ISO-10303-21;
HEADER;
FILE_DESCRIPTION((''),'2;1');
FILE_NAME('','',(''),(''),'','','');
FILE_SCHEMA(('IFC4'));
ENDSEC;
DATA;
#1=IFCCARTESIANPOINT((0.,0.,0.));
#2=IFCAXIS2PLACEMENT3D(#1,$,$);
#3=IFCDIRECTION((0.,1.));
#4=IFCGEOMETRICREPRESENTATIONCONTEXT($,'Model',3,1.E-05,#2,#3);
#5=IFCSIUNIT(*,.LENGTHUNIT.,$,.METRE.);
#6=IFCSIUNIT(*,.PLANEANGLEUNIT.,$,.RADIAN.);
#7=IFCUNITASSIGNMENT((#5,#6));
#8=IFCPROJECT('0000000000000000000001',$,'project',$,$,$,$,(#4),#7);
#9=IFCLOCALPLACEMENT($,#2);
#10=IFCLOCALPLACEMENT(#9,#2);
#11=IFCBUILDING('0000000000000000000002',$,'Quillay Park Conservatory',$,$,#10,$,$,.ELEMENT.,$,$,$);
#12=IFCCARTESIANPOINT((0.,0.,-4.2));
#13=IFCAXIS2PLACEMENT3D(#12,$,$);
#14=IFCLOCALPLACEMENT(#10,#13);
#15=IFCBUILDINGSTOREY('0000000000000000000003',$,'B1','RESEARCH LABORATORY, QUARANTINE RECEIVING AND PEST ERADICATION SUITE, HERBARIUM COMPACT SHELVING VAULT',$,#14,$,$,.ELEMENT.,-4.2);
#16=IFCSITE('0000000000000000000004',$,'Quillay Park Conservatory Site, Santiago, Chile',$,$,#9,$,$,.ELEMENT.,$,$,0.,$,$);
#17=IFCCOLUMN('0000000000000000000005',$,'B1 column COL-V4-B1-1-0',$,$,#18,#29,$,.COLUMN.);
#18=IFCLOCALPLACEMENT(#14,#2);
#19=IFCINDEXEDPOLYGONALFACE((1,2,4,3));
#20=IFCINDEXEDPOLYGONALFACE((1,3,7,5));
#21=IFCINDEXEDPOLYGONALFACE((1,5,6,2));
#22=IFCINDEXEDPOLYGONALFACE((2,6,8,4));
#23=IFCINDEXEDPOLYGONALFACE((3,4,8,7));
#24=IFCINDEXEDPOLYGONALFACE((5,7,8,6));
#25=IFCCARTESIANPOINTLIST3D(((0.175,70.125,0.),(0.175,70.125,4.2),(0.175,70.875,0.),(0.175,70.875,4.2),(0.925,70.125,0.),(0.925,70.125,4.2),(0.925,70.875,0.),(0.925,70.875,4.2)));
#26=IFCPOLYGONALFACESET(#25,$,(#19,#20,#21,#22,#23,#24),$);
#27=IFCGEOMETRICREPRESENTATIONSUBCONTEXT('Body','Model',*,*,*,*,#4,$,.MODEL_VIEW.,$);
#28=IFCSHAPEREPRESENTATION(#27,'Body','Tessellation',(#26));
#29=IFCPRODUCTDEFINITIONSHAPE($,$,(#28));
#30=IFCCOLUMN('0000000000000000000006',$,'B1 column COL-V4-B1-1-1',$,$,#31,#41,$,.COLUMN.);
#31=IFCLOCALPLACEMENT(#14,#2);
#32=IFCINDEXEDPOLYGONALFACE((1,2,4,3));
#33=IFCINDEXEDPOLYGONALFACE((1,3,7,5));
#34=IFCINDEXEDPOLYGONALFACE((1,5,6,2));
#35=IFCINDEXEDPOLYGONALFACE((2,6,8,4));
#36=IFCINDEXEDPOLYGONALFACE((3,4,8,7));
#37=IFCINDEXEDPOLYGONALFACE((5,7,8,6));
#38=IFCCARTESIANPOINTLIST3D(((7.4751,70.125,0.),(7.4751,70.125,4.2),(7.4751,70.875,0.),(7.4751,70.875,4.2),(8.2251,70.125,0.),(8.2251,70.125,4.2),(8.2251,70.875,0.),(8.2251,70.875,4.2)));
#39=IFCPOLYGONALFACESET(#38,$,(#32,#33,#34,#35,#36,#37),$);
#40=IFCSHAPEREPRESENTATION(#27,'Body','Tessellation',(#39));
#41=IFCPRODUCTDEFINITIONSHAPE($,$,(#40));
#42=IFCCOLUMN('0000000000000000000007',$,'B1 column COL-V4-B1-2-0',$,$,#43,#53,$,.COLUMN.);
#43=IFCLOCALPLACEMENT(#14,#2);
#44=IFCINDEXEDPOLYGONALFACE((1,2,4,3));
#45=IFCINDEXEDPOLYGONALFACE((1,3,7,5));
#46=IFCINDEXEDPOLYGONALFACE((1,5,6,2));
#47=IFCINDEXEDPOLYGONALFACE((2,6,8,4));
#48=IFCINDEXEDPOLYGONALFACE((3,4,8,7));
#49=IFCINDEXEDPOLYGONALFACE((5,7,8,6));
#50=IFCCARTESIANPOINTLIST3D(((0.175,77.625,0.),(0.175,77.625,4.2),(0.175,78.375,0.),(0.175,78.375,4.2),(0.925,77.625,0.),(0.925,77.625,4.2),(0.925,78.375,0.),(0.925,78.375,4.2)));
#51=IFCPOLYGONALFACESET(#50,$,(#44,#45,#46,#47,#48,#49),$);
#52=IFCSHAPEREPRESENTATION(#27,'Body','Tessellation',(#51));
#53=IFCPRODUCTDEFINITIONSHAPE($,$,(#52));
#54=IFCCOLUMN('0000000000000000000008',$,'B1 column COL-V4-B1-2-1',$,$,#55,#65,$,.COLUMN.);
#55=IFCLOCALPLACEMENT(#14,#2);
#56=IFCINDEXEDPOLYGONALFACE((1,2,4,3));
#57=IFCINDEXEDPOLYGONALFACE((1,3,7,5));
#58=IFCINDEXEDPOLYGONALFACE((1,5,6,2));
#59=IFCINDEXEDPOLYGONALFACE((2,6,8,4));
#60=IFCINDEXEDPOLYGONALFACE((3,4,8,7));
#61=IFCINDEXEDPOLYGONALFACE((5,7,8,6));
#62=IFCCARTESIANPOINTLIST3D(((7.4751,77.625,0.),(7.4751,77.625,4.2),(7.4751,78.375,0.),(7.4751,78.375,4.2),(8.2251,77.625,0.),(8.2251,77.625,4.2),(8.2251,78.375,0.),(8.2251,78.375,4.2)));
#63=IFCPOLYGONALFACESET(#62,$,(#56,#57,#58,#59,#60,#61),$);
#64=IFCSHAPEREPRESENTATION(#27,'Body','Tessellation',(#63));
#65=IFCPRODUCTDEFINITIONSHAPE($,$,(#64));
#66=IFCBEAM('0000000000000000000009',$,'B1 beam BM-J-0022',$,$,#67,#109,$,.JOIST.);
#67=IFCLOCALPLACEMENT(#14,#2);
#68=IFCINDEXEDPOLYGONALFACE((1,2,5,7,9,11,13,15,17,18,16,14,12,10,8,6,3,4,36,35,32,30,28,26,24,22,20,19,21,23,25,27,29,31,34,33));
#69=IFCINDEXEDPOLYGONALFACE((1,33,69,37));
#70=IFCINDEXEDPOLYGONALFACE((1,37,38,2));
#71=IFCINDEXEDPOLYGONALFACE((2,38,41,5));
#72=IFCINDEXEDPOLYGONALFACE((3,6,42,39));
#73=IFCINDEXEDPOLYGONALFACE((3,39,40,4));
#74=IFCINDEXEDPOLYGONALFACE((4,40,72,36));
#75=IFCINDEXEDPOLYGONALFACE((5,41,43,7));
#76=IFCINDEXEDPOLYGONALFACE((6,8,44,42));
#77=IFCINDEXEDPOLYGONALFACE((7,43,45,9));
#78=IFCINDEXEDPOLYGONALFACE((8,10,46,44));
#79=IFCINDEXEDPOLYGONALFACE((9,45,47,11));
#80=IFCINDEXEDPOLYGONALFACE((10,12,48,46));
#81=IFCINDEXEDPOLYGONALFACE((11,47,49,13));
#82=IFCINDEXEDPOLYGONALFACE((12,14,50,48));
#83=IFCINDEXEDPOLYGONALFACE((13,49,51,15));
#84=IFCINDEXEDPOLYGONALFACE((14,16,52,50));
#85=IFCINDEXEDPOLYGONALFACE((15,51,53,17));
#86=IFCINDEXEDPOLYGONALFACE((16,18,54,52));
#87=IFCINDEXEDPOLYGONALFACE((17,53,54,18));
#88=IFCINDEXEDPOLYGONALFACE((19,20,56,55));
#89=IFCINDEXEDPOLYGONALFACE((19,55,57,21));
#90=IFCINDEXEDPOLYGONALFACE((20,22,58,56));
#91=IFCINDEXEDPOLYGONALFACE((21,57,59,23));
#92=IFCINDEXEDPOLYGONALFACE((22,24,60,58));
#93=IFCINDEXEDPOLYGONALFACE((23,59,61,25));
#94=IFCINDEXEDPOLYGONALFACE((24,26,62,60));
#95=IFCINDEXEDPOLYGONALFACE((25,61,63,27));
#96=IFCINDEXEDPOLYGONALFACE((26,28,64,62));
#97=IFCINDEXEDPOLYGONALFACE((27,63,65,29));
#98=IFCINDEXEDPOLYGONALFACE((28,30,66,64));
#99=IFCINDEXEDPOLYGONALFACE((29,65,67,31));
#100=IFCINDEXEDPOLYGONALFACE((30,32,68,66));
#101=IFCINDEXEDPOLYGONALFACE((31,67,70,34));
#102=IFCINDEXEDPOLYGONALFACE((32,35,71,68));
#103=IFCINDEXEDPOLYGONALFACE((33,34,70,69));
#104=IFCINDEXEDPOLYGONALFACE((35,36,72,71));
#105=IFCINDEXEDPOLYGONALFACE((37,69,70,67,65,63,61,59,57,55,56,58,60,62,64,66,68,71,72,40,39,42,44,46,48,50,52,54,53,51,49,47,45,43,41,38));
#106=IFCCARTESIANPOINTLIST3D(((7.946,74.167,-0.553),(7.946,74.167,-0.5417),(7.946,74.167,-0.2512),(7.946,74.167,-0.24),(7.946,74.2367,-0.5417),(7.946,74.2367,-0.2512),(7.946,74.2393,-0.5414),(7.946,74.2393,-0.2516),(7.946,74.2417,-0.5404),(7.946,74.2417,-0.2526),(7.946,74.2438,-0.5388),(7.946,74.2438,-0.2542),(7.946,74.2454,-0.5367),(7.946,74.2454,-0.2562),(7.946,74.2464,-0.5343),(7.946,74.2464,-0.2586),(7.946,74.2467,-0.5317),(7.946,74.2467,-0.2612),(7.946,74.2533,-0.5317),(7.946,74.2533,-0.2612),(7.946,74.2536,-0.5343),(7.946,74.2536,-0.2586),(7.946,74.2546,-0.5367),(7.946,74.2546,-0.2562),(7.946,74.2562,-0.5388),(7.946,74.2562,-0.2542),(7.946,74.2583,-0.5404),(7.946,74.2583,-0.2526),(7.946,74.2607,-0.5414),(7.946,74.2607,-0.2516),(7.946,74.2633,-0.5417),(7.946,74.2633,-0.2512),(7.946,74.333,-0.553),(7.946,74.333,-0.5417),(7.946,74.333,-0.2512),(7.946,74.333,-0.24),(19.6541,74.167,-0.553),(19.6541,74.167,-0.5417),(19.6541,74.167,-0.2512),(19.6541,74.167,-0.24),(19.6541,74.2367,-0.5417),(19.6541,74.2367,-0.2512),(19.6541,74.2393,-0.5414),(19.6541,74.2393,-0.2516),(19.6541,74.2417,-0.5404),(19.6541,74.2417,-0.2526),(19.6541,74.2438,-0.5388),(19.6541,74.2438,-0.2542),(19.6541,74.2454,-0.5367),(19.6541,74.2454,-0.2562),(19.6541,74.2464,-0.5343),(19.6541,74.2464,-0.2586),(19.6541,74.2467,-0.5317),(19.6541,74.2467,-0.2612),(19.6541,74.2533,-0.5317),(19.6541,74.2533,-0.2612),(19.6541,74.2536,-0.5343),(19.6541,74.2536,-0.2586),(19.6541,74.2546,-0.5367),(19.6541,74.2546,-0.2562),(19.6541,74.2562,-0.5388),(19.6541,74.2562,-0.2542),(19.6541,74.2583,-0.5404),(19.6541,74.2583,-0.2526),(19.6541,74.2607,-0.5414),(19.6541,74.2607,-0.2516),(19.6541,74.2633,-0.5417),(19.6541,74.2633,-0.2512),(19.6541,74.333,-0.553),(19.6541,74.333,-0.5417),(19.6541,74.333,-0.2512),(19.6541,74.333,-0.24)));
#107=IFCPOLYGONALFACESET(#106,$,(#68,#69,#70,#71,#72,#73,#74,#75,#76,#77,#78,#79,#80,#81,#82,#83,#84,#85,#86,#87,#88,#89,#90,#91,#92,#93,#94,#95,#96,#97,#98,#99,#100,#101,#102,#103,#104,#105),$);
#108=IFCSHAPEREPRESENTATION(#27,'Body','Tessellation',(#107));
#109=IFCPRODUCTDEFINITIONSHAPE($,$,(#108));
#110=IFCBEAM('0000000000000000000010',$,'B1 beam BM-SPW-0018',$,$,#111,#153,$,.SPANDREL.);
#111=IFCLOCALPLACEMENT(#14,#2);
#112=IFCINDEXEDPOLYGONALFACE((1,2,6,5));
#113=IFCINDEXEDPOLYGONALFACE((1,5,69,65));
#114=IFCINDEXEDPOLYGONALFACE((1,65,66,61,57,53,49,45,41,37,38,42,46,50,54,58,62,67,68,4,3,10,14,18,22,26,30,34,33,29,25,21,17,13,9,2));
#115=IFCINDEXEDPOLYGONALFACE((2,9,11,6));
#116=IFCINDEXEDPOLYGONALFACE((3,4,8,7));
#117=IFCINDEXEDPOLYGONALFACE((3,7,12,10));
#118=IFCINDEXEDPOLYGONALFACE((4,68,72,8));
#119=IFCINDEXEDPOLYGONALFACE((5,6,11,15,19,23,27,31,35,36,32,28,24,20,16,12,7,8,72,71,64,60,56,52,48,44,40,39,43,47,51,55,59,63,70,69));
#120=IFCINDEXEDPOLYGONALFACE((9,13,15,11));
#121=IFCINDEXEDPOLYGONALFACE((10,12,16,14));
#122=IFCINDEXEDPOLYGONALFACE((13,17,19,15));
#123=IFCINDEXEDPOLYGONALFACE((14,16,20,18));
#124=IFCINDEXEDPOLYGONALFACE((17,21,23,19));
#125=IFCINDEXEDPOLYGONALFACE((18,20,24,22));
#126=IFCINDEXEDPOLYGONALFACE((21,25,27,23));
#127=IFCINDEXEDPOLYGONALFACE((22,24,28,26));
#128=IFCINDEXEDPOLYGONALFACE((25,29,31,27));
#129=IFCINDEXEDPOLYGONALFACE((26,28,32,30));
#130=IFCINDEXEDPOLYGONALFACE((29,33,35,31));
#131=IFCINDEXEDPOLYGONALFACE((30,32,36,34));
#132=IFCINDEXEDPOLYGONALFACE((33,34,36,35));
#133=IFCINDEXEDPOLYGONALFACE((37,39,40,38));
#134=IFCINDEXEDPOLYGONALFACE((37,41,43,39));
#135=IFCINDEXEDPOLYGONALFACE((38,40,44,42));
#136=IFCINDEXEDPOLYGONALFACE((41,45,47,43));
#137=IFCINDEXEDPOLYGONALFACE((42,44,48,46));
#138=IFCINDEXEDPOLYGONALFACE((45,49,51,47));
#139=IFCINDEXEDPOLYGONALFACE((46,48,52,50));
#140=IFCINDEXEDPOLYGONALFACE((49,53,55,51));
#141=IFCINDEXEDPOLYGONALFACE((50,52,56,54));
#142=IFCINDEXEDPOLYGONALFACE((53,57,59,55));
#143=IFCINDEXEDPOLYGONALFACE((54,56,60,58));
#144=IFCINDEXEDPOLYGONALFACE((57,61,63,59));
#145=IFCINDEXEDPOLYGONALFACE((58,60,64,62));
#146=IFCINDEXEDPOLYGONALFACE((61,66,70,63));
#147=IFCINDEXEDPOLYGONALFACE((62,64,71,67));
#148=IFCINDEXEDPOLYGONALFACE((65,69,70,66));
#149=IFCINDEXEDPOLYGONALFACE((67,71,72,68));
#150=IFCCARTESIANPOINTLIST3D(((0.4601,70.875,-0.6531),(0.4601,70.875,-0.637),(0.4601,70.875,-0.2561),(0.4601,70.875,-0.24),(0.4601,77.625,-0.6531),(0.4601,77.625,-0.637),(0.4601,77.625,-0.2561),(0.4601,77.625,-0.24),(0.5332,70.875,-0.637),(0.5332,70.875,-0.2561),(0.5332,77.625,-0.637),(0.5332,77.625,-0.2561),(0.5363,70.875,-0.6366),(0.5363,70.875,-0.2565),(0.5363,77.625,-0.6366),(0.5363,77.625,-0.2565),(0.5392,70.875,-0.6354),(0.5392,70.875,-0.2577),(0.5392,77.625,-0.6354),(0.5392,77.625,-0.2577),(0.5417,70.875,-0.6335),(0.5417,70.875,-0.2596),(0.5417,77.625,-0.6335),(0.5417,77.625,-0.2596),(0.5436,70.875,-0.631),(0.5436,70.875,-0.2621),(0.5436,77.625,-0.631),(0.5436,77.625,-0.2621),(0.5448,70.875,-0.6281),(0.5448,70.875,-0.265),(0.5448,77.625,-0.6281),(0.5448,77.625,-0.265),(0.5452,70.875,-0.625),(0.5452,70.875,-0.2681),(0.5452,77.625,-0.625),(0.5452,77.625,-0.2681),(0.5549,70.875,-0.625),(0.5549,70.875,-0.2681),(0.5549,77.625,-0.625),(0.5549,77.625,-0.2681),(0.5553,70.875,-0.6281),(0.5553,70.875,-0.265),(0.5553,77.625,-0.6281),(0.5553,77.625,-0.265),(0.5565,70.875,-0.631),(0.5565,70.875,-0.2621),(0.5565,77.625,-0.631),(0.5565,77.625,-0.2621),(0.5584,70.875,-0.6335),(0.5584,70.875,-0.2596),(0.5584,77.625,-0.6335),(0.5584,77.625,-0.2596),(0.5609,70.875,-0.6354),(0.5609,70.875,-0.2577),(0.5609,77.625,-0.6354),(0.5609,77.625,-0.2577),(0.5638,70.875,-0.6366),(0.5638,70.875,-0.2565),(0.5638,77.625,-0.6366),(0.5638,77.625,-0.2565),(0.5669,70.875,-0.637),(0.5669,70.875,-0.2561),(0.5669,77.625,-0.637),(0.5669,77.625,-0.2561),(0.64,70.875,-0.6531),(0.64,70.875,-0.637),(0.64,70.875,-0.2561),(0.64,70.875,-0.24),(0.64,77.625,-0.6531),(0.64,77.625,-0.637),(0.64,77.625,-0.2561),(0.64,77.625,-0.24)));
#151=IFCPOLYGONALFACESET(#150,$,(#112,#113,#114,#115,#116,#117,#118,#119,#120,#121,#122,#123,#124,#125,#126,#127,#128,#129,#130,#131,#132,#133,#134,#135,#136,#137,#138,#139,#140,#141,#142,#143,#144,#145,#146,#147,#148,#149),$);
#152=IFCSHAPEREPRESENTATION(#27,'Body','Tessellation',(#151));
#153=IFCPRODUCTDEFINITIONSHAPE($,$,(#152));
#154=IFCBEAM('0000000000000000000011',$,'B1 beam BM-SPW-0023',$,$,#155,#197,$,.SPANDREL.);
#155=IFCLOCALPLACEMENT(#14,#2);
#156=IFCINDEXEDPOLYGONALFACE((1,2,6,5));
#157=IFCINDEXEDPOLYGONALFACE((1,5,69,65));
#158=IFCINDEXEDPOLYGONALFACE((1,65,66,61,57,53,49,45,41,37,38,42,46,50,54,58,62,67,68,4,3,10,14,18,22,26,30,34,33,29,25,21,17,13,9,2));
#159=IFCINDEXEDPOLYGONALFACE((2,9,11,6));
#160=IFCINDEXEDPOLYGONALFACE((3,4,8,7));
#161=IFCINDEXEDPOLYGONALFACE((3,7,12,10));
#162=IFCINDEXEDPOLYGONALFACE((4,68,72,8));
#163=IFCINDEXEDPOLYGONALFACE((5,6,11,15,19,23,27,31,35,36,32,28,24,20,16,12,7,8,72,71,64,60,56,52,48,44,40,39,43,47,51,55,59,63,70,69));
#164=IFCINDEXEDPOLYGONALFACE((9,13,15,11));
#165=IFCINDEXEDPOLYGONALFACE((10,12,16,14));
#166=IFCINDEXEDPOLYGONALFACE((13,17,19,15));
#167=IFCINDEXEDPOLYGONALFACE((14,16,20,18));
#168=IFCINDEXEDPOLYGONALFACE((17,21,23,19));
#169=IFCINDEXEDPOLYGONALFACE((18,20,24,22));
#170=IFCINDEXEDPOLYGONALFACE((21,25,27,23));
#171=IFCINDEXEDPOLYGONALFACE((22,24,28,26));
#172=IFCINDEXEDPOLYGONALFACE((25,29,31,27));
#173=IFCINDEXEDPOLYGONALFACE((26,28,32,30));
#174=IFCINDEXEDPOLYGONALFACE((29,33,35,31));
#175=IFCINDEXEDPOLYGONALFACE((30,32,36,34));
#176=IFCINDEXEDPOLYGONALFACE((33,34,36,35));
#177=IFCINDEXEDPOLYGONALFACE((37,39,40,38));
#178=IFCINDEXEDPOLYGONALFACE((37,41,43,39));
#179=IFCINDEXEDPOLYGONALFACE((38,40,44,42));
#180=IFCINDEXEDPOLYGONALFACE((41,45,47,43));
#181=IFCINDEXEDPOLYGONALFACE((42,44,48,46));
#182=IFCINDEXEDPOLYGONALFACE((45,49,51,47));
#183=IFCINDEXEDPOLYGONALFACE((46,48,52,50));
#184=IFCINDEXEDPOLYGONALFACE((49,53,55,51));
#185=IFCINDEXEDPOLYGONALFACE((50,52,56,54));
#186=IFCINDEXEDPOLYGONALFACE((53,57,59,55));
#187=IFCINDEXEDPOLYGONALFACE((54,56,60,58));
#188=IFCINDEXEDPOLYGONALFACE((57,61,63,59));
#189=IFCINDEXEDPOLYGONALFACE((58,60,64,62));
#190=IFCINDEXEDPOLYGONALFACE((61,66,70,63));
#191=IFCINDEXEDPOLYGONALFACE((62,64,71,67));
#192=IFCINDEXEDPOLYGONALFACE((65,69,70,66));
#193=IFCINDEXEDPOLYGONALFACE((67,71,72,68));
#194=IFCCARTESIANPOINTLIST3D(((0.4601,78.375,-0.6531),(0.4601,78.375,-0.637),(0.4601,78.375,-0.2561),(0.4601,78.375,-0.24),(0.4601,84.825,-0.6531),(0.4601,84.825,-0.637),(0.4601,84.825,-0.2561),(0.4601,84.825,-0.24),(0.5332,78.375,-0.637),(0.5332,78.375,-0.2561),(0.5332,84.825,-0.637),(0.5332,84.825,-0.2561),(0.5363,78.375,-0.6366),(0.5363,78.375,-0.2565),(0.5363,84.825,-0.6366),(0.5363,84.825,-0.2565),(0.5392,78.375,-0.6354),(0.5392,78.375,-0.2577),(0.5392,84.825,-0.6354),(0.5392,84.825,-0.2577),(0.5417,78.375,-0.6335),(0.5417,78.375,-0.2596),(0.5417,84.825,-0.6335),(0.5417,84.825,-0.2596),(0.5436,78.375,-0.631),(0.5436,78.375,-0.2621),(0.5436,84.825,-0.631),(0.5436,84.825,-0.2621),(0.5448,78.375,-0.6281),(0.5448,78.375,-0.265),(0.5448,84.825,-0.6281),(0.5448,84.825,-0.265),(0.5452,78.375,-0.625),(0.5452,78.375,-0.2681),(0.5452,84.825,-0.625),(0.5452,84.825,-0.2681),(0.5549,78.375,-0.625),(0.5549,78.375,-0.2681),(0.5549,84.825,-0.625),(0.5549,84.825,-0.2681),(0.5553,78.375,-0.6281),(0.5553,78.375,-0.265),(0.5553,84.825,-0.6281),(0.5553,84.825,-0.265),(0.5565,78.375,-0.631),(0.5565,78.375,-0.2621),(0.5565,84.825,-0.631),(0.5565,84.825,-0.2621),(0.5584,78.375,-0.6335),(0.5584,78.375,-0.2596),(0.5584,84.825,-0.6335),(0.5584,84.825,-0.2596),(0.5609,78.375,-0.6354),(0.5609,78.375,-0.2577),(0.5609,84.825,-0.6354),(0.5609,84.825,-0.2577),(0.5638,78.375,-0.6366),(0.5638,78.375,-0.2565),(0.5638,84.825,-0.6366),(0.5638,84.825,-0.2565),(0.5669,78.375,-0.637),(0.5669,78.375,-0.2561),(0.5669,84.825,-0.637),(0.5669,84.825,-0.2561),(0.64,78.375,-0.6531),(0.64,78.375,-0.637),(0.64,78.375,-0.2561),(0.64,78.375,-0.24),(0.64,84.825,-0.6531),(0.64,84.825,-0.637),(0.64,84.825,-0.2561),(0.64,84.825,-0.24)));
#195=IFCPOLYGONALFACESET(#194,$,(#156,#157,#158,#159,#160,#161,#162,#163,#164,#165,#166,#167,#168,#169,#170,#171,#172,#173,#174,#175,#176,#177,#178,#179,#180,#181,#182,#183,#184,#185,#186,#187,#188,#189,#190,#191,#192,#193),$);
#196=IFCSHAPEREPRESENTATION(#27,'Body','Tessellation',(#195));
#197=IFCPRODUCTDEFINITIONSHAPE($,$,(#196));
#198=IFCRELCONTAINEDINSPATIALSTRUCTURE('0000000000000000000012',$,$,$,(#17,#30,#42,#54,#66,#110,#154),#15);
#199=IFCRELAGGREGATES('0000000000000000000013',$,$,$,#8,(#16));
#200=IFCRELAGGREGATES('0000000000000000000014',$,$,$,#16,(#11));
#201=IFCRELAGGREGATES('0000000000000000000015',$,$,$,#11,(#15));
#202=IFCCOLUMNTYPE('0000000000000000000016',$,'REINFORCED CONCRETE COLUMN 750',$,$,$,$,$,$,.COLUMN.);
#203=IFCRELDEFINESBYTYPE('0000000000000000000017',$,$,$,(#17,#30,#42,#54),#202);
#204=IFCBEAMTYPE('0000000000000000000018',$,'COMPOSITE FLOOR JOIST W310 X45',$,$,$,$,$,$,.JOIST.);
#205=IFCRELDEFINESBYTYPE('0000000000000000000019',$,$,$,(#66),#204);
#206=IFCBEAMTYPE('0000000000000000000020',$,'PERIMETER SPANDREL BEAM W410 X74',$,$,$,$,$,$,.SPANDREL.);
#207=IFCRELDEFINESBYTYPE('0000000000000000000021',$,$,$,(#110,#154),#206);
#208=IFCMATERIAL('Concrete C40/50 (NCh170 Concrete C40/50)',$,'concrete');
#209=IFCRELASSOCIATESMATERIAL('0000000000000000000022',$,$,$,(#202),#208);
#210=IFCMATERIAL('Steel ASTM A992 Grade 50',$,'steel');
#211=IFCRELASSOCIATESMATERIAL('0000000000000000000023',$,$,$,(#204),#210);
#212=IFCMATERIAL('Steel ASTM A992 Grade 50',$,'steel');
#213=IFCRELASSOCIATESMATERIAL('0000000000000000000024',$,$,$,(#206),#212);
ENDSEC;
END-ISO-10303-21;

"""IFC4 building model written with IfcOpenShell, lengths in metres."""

from ifc_helpers import new_model, si_unit, direction, frame, origin, origin_2d, place, context, subcontext, project, spatial, rectangle, i_section, extrude, material, material_profile, profile_set, type_object, element, save


model = new_model("IFC4")

# Units and contexts
model_context = context("Model", 3, precision=1e-05, world=origin(), true_north=direction((0.0, 1.0)))
body_context = subcontext(model_context, "Body", "Model", "MODEL_VIEW")
ifc_project = project(units=[si_unit("LENGTHUNIT", "METRE"), si_unit("PLANEANGLEUNIT", "RADIAN")], contexts=[model_context])

# Site, building, storey
site_placement = place(None, origin())
site = spatial("IfcSite", under=ifc_project, at=site_placement, Name="Quillay Park Conservatory Site, Santiago, Chile", CompositionType="ELEMENT", RefElevation=0.0)
building_placement = place(site_placement, origin())
building = spatial("IfcBuilding", under=site, at=building_placement, Name="Quillay Park Conservatory", CompositionType="ELEMENT")
storey_placement = place(building_placement, frame((0.0, 0.0, -4.2)))
storey = spatial("IfcBuildingStorey", under=building, at=storey_placement, Name="B1", Description="RESEARCH LABORATORY, QUARANTINE RECEIVING AND PEST ERADICATION SUITE, HERBARIUM COMPACT SHELVING VAULT", CompositionType="ELEMENT", Elevation=-4.2)

# Columns
ifc_material_1 = material(Name="Concrete C40/50 (NCh170 Concrete C40/50)", Category="concrete")
ifc_material_profile_1 = material_profile(ifc_material_1, rectangle(XDim=0.75, YDim=0.75, at=origin_2d()), Name="RC750x750")
ifc_profile_set_1 = profile_set([ifc_material_profile_1], Name="Concrete C40/50 (NCh170 Concrete C40/50)")
column_type = type_object("IfcColumnType", Name="REINFORCED CONCRETE COLUMN 750", PredefinedType="COLUMN", material=ifc_profile_set_1)
for number, where, z_axis, x_axis, name in (
    (1, (0.55, 70.5, 0.0), (0.0, 0.0, 1.0), (1.0, 0.0, 0.0), "B1 column COL-V4-B1-1-0"),
    (2, (7.8501, 70.5, 0.0), (0.0, 0.0, 1.0), (1.0, 0.0, 0.0), "B1 column COL-V4-B1-1-1"),
    (3, (0.55, 78.0, 0.0), (0.0, 0.0, 1.0), (1.0, 0.0, 0.0), "B1 column COL-V4-B1-2-0"),
    (4, (7.8501, 78.0, 0.0), (0.0, 0.0, 1.0), (1.0, 0.0, 0.0), "B1 column COL-V4-B1-2-1"),
):
    element("IfcColumn", number, at=place(storey_placement, frame(where, z_axis=z_axis, x_axis=x_axis)), inside=storey, type_object=column_type, Name=name, PredefinedType="COLUMN", context=body_context, shape_type="SweptSolid", body=[
        extrude(rectangle(XDim=0.75, YDim=0.75, at=origin_2d()), origin(), (0.0, 0.0, 1.0), 4.2),
    ])

# Beams
ifc_material_2 = material(Name="Steel ASTM A992 Grade 50", Category="steel")
ifc_material_profile_2 = material_profile(ifc_material_2, i_section(OverallWidth=0.166, OverallDepth=0.313, WebThickness=0.0066, FlangeThickness=0.0112, FilletRadius=0.01, at=origin_2d()), Name="W310x45")
ifc_profile_set_2 = profile_set([ifc_material_profile_2], Name="Steel ASTM A992 Grade 50")
beam_type_1 = type_object("IfcBeamType", Name="COMPOSITE FLOOR JOIST W310 X45", PredefinedType="JOIST", material=ifc_profile_set_2)
beam_1_placement = place(storey_placement, frame((7.946, 74.25, -0.3965), z_axis=(1.0, 0.0, 0.0), x_axis=(0.0, 1.0, 0.0)))
element("IfcBeam", 5, at=beam_1_placement, inside=storey, type_object=beam_type_1, Name="B1 beam BM-J-0022", PredefinedType="JOIST", context=body_context, shape_type="SweptSolid", body=[
    extrude(i_section(OverallWidth=0.166, OverallDepth=0.313, WebThickness=0.0066, FlangeThickness=0.0112, FilletRadius=0.01, at=origin_2d()), origin(), (0.0, 0.0, 1.0), 11.708),
])
ifc_material_3 = material(Name="Steel ASTM A992 Grade 50", Category="steel")
ifc_material_profile_3 = material_profile(ifc_material_3, i_section(OverallWidth=0.1799, OverallDepth=0.4131, WebThickness=0.0098, FlangeThickness=0.0161, FilletRadius=0.012, at=origin_2d()), Name="W410x74")
ifc_profile_set_3 = profile_set([ifc_material_profile_3], Name="Steel ASTM A992 Grade 50")
beam_type_2 = type_object("IfcBeamType", Name="PERIMETER SPANDREL BEAM W410 X74", PredefinedType="SPANDREL", material=ifc_profile_set_3)
beam_2_placement = place(storey_placement, frame((0.55, 70.875, -0.4465), z_axis=(0.0, 1.0, 0.0), x_axis=(-1.0, 0.0, 0.0)))
element("IfcBeam", 6, at=beam_2_placement, inside=storey, type_object=beam_type_2, Name="B1 beam BM-SPW-0018", PredefinedType="SPANDREL", context=body_context, shape_type="SweptSolid", body=[
    extrude(i_section(OverallWidth=0.1799, OverallDepth=0.4131, WebThickness=0.0098, FlangeThickness=0.0161, FilletRadius=0.012, at=origin_2d()), origin(), (0.0, 0.0, 1.0), 6.75),
])
beam_3_placement = place(storey_placement, frame((0.55, 78.375, -0.4465), z_axis=(0.0, 1.0, 0.0), x_axis=(-1.0, 0.0, 0.0)))
element("IfcBeam", 7, at=beam_3_placement, inside=storey, type_object=beam_type_2, Name="B1 beam BM-SPW-0023", PredefinedType="SPANDREL", context=body_context, shape_type="SweptSolid", body=[
    extrude(i_section(OverallWidth=0.1799, OverallDepth=0.4131, WebThickness=0.0098, FlangeThickness=0.0161, FilletRadius=0.012, at=origin_2d()), origin(), (0.0, 0.0, 1.0), 6.45),
])

save(model, "model.ifc")
